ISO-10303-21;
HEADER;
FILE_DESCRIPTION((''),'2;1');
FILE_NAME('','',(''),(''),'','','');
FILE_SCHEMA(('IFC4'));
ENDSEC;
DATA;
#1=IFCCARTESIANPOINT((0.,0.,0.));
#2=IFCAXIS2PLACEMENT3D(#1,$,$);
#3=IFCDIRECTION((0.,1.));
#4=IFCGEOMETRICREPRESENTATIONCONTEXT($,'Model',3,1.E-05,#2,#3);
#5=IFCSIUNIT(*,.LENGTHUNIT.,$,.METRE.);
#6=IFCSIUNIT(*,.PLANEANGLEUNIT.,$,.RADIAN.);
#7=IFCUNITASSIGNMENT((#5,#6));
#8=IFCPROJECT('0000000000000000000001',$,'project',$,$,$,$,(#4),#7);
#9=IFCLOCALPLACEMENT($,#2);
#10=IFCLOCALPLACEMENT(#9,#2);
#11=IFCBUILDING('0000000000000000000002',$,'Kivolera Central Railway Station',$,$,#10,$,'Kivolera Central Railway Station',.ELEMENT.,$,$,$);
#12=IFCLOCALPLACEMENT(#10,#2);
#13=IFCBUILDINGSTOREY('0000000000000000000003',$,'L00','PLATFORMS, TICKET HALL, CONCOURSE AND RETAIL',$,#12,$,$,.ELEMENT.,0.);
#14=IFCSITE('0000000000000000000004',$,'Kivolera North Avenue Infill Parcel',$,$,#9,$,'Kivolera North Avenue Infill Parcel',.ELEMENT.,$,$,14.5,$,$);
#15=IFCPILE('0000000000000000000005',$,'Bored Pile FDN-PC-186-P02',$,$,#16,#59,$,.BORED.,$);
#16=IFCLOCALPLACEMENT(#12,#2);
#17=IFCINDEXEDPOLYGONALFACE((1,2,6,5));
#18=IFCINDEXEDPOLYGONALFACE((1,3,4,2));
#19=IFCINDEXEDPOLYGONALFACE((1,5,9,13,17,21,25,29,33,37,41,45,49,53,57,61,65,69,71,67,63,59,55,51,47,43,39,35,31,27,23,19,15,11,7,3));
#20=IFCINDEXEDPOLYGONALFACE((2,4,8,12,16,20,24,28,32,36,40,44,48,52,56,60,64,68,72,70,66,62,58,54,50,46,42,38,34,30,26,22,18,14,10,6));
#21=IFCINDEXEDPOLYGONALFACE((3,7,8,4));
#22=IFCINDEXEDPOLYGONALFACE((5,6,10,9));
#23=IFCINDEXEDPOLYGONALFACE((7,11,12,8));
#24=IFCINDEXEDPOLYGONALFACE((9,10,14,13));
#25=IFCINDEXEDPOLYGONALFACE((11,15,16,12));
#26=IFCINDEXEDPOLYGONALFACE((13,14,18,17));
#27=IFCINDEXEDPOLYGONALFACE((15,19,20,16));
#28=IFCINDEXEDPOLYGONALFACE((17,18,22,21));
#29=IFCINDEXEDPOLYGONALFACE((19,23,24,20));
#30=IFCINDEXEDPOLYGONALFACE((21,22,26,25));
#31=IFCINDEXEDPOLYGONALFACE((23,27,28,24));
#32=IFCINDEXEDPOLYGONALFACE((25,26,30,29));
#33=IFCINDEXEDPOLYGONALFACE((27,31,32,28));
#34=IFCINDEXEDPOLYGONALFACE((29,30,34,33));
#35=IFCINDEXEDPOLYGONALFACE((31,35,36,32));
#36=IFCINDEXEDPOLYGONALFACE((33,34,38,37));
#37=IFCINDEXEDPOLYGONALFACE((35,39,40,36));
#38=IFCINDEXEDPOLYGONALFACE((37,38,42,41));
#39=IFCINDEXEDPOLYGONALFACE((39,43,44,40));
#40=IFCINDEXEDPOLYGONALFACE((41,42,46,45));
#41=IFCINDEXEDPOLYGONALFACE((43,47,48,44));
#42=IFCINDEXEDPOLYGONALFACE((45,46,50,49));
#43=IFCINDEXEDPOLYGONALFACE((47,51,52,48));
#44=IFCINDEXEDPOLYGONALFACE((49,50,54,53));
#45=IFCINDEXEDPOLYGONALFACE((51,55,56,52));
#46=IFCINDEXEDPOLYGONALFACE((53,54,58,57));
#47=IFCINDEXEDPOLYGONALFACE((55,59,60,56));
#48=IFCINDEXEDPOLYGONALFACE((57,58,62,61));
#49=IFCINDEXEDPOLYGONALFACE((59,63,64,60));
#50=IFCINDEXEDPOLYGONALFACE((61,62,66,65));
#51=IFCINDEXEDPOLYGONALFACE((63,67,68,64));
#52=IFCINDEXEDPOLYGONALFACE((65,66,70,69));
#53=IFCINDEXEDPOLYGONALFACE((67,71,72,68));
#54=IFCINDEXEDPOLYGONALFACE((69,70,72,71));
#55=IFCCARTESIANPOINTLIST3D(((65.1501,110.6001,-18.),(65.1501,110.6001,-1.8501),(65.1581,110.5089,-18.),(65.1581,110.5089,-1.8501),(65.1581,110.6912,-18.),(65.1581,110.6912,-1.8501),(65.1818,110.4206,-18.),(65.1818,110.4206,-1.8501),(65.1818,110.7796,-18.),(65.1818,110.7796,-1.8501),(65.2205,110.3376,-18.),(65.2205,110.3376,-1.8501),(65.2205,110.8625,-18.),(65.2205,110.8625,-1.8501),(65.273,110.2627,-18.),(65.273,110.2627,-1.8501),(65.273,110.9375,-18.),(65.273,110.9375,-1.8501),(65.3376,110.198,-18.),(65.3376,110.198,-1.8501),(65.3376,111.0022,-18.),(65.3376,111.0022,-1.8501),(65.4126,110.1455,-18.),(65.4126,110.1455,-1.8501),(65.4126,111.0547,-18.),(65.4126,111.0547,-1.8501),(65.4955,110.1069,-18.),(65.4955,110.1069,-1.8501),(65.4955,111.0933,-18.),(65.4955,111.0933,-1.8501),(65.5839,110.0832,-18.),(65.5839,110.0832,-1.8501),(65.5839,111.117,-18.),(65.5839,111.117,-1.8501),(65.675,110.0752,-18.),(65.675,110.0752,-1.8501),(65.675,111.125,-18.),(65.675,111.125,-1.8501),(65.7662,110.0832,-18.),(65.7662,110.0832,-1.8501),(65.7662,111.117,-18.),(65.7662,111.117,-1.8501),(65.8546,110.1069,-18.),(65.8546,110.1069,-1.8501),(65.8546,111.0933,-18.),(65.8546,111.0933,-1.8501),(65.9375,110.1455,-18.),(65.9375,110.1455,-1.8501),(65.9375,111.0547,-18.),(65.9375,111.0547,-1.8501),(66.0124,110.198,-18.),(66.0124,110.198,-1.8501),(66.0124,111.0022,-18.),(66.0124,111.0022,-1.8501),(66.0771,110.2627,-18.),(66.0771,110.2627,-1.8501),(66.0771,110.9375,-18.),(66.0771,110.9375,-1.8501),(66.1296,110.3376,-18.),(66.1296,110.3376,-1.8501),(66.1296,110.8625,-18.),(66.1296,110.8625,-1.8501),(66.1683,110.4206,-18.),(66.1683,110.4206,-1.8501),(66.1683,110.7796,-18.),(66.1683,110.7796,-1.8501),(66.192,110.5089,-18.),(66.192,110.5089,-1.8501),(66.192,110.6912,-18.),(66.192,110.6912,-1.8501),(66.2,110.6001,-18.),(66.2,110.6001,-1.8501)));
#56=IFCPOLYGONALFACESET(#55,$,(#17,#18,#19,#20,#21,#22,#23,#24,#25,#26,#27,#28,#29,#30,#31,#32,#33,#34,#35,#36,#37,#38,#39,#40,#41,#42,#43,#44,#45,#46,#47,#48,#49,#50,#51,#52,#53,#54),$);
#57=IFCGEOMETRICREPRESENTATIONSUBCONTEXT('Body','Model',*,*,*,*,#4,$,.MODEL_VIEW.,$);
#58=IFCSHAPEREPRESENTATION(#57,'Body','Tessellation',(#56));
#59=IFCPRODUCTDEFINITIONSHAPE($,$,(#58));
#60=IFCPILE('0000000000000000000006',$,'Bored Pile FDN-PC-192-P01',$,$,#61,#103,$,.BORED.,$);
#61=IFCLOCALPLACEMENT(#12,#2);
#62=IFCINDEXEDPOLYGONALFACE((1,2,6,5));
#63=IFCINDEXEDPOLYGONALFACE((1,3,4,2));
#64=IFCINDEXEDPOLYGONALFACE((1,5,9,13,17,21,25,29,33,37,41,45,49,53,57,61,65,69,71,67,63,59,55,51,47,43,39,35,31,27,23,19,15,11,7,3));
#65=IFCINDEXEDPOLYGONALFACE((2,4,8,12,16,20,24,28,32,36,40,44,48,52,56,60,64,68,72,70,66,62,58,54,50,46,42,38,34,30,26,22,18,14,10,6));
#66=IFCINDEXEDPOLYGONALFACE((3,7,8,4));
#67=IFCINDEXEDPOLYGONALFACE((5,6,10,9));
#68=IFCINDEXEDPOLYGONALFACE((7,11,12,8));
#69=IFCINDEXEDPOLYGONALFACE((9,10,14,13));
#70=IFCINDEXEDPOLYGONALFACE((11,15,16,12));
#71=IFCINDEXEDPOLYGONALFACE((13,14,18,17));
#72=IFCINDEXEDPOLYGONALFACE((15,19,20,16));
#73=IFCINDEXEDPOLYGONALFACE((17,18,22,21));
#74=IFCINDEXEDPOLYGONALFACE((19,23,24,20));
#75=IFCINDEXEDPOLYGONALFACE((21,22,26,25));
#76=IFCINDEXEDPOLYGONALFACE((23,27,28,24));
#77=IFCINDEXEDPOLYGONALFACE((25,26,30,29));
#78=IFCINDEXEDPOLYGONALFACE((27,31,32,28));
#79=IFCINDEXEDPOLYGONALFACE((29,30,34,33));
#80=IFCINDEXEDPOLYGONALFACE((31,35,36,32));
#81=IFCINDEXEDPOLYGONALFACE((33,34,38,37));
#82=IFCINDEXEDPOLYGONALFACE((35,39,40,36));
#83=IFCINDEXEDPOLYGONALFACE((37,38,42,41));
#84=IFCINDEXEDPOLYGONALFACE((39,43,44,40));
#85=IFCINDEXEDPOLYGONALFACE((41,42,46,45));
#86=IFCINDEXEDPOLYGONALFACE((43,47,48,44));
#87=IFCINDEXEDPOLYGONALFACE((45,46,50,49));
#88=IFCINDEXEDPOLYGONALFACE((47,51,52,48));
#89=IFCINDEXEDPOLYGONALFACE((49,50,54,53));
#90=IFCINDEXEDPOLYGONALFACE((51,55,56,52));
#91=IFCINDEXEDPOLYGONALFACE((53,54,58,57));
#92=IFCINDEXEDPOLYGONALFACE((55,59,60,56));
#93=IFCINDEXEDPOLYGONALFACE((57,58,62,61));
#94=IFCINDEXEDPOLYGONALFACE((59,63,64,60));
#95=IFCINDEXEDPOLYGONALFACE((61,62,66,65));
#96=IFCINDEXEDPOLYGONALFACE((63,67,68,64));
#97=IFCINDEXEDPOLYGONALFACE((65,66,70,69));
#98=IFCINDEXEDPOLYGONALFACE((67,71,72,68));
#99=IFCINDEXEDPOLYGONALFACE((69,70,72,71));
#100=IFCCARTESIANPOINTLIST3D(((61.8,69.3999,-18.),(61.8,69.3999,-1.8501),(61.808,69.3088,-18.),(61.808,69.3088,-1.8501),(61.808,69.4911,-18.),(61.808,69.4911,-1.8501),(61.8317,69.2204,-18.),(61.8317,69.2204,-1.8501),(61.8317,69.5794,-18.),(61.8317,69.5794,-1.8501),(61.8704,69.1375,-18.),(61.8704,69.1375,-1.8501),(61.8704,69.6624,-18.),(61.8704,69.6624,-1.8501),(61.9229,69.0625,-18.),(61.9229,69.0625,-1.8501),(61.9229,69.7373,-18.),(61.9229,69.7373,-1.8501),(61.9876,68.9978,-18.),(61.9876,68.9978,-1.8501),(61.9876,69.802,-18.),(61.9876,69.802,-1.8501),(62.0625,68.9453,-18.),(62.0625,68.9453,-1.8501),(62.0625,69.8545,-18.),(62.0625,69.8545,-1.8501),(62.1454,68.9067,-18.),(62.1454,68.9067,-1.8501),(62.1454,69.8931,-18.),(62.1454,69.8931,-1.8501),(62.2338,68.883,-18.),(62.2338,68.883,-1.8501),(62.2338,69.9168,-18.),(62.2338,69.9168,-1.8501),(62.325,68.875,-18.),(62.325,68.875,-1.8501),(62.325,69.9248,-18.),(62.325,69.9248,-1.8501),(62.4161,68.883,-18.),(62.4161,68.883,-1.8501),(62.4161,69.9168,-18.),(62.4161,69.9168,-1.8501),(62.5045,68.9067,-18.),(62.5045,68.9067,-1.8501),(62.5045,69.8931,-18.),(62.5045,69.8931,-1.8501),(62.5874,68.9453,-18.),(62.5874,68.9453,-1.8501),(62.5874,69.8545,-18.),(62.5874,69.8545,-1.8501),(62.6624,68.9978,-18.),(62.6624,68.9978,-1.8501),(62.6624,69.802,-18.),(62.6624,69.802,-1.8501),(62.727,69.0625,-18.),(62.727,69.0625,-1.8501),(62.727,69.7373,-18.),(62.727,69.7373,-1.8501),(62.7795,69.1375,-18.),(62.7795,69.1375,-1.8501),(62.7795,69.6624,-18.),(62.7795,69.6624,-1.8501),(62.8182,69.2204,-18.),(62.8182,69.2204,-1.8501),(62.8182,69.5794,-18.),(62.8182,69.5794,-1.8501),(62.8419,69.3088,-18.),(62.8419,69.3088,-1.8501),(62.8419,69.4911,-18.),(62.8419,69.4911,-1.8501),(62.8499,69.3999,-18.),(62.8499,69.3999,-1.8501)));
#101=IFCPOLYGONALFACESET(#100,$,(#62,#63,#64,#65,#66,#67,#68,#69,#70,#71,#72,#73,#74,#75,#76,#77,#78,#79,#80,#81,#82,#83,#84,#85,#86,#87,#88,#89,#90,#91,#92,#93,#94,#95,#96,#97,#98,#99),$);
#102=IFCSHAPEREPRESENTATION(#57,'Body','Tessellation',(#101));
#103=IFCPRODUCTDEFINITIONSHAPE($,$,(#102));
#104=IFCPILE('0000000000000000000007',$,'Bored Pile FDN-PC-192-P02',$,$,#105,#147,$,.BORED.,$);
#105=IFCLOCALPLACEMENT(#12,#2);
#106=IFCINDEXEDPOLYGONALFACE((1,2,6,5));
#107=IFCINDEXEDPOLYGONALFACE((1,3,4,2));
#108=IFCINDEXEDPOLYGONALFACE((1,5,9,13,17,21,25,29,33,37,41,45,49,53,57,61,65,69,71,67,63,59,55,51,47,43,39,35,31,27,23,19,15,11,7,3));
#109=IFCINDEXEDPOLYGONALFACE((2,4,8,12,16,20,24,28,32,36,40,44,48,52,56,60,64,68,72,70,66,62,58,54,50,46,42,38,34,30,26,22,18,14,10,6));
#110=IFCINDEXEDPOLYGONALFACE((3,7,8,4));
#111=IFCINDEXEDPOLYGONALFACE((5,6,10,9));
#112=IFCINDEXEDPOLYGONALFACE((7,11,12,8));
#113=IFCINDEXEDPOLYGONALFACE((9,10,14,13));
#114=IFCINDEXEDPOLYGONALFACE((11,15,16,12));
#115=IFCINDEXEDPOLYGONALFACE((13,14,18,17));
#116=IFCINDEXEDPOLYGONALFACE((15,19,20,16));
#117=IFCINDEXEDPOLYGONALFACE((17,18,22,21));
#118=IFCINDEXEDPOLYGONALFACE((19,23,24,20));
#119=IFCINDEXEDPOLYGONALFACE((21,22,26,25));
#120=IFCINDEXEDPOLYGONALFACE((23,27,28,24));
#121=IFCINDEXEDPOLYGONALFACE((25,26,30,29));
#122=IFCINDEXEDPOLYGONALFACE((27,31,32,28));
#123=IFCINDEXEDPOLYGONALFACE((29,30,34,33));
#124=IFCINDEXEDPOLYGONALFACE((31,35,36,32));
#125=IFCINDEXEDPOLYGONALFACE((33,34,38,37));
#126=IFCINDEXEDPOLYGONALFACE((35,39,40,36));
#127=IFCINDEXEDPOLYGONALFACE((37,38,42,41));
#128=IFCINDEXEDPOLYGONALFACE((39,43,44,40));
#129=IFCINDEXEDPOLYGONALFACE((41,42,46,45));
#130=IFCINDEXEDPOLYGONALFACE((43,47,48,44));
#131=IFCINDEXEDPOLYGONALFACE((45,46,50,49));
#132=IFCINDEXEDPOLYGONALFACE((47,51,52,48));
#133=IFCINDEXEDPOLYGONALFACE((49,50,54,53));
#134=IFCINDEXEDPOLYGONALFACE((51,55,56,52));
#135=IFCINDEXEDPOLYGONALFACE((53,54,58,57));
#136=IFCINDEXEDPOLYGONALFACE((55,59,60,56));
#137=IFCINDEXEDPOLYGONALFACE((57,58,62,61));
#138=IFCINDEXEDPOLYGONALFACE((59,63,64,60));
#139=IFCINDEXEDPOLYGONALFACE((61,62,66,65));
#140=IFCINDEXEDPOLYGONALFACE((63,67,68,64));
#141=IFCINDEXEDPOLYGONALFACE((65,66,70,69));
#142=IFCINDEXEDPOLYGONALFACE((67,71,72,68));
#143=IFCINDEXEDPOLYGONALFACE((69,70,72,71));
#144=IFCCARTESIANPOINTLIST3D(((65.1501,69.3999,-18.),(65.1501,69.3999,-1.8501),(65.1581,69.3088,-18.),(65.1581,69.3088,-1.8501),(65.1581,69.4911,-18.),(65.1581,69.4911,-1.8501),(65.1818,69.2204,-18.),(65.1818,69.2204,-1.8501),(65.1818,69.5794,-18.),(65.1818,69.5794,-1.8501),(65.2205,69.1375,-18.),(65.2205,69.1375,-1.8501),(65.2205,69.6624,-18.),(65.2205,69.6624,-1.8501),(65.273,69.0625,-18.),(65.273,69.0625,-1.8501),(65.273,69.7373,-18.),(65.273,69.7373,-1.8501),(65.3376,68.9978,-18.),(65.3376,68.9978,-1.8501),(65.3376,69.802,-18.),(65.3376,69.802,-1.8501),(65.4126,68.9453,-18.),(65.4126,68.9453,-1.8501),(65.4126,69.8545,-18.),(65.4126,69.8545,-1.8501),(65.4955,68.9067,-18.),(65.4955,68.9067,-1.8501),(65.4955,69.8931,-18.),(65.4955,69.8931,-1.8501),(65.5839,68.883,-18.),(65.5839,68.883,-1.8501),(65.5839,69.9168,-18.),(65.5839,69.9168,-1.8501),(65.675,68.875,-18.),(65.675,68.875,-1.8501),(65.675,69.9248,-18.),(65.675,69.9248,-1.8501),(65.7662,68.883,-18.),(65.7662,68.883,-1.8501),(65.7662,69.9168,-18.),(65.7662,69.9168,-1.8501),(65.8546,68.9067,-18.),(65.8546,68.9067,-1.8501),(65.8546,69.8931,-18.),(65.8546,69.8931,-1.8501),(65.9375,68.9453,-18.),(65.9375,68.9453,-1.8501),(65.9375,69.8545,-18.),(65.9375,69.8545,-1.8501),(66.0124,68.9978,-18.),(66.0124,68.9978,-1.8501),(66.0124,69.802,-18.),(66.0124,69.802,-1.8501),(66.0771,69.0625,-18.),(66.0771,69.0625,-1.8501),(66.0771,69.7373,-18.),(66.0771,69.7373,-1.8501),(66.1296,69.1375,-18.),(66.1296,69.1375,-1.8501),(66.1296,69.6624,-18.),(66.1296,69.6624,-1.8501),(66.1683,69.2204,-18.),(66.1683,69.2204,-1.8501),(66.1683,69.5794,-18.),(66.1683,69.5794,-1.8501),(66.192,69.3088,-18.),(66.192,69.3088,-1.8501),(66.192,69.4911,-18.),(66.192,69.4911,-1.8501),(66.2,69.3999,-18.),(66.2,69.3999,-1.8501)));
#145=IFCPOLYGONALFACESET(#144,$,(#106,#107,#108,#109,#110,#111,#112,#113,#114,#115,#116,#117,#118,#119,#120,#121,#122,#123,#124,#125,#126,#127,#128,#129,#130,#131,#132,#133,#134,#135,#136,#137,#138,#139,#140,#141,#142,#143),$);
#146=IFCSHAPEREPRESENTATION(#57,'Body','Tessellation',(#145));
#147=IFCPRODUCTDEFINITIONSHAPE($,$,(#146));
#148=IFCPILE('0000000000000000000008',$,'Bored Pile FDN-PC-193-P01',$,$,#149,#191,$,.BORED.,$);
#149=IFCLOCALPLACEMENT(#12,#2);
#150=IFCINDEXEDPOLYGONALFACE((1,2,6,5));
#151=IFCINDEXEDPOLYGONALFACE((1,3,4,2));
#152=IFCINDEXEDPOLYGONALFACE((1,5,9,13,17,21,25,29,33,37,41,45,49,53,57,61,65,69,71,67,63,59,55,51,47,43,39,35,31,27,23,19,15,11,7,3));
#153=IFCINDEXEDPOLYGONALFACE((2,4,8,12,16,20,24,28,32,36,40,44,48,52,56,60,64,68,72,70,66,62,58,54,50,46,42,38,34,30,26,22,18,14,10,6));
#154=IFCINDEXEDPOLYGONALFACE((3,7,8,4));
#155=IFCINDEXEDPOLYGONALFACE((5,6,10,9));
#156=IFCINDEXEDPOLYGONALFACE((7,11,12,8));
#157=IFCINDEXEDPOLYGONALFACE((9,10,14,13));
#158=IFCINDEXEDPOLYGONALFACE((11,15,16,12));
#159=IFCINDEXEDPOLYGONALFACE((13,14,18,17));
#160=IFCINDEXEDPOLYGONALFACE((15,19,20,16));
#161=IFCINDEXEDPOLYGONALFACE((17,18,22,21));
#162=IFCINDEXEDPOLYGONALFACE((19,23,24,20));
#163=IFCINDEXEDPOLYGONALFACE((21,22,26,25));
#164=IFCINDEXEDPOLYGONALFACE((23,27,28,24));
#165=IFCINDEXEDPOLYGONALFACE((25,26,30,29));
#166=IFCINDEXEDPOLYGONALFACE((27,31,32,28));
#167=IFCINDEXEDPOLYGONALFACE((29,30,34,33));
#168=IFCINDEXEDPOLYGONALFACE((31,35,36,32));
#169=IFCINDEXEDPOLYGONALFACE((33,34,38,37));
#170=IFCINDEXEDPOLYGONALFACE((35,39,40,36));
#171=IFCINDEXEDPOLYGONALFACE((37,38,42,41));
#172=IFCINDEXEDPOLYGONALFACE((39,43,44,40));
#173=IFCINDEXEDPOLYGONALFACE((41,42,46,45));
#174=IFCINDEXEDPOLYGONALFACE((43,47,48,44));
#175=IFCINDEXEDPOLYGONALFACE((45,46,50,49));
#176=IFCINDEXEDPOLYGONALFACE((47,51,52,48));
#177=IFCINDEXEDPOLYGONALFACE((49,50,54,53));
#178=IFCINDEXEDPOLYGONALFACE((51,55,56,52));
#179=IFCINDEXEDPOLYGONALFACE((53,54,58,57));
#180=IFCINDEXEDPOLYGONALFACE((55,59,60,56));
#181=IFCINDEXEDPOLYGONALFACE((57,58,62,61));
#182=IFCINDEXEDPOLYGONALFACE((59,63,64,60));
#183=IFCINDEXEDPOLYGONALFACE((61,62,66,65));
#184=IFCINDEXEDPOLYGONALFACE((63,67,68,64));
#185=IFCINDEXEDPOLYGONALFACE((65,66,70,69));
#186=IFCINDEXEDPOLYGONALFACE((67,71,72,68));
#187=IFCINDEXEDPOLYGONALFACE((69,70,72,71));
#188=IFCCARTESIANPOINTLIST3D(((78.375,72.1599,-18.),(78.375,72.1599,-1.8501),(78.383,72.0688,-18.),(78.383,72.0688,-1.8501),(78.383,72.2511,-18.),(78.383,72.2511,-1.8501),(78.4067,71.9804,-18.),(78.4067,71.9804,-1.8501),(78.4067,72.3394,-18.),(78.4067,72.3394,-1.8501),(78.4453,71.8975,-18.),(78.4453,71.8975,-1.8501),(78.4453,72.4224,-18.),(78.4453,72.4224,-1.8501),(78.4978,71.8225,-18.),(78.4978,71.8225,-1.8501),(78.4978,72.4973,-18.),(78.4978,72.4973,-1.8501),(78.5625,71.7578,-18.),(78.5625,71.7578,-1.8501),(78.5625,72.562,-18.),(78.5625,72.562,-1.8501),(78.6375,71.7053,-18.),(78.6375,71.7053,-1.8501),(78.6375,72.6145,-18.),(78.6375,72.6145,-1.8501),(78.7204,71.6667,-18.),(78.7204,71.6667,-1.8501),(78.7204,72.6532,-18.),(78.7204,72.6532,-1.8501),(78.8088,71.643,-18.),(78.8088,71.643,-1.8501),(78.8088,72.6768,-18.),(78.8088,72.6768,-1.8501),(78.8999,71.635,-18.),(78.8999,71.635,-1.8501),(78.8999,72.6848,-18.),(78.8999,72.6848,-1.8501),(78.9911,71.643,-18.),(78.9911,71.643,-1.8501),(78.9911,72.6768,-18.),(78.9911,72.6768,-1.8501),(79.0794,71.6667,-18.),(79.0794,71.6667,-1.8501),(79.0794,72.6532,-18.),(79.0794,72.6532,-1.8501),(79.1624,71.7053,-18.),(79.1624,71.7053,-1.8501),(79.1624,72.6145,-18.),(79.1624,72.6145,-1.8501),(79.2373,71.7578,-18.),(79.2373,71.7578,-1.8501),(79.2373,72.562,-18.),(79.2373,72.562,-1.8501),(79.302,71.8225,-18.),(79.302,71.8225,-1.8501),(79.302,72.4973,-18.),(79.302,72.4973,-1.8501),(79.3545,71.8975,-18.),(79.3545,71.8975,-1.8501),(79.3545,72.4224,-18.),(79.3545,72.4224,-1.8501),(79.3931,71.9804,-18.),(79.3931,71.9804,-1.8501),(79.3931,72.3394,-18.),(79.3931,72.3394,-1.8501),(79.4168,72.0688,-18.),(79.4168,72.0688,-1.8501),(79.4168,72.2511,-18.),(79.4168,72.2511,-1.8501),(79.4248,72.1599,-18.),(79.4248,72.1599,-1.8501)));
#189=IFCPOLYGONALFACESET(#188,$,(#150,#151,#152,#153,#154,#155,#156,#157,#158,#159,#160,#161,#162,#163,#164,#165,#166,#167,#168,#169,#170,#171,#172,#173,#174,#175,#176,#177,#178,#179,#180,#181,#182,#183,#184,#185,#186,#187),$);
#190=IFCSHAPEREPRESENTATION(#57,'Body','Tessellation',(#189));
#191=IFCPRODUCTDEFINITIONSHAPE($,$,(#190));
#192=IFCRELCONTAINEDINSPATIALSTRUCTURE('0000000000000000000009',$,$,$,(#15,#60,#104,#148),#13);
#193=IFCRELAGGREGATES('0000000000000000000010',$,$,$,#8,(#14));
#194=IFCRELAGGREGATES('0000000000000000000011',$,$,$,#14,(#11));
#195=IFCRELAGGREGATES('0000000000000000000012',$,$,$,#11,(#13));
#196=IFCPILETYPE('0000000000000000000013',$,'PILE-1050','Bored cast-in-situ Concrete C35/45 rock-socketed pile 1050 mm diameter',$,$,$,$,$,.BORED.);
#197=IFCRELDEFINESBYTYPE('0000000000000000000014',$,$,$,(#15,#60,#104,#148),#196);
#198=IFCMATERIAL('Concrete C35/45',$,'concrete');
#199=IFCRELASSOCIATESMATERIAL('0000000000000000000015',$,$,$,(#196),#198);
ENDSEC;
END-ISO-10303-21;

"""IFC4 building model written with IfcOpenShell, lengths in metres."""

from ifc_helpers import new_model, si_unit, direction, frame, origin, origin_2d, place, context, subcontext, project, spatial, circle, extrude, material, material_profile, profile_set, type_object, element, save


model = new_model("IFC4")

# Units and contexts
model_context = context("Model", 3, precision=1e-05, world=origin(), true_north=direction((0.0, 1.0)))
body_context = subcontext(model_context, "Body", "Model", "MODEL_VIEW")
ifc_project = project(units=[si_unit("LENGTHUNIT", "METRE"), si_unit("PLANEANGLEUNIT", "RADIAN")], contexts=[model_context])

# Site, building, storey
site_placement = place(None, origin())
site = spatial("IfcSite", under=ifc_project, at=site_placement, Name="Kivolera North Avenue Infill Parcel", LongName="Kivolera North Avenue Infill Parcel", CompositionType="ELEMENT", RefElevation=14.5)
building_placement = place(site_placement, origin())
building = spatial("IfcBuilding", under=site, at=building_placement, Name="Kivolera Central Railway Station", LongName="Kivolera Central Railway Station", CompositionType="ELEMENT")
storey_placement = place(building_placement, origin())
storey = spatial("IfcBuildingStorey", under=building, at=storey_placement, Name="L00", Description="PLATFORMS, TICKET HALL, CONCOURSE AND RETAIL", CompositionType="ELEMENT", Elevation=0.0)

# Shared definitions
ifc_material_1 = material(Name="Concrete C35/45", Category="concrete")

# Piles
ifc_material_profile_1 = material_profile(ifc_material_1, circle(Radius=0.5249, at=origin_2d()), Name="PILE D1050")
ifc_profile_set_1 = profile_set([ifc_material_profile_1], Name="Concrete C35/45")
pile_type = type_object("IfcPileType", Name="PILE-1050", Description="Bored cast-in-situ Concrete C35/45 rock-socketed pile 1050 mm diameter", PredefinedType="BORED", material=ifc_profile_set_1)
for number, where, z_axis, x_axis, name in (
    (1, (65.675, 110.6001, -1.8501), (0.0, 0.0, -1.0), (1.0, 0.0, 0.0), "Bored Pile FDN-PC-186-P02"),
    (2, (62.325, 69.3999, -1.8501), (0.0, 0.0, -1.0), (1.0, 0.0, 0.0), "Bored Pile FDN-PC-192-P01"),
    (3, (65.675, 69.3999, -1.8501), (0.0, 0.0, -1.0), (1.0, 0.0, 0.0), "Bored Pile FDN-PC-192-P02"),
    (4, (78.8999, 72.1599, -1.8501), (0.0, 0.0, -1.0), (1.0, 0.0, 0.0), "Bored Pile FDN-PC-193-P01"),
):
    element("IfcPile", number, at=place(storey_placement, frame(where, z_axis=z_axis, x_axis=x_axis)), inside=storey, type_object=pile_type, Name=name, PredefinedType="BORED", context=body_context, shape_type="SweptSolid", body=[
        extrude(circle(Radius=0.5249, at=origin_2d()), origin(), (0.0, 0.0, 1.0), 16.1499),
    ])

save(model, "model.ifc")
